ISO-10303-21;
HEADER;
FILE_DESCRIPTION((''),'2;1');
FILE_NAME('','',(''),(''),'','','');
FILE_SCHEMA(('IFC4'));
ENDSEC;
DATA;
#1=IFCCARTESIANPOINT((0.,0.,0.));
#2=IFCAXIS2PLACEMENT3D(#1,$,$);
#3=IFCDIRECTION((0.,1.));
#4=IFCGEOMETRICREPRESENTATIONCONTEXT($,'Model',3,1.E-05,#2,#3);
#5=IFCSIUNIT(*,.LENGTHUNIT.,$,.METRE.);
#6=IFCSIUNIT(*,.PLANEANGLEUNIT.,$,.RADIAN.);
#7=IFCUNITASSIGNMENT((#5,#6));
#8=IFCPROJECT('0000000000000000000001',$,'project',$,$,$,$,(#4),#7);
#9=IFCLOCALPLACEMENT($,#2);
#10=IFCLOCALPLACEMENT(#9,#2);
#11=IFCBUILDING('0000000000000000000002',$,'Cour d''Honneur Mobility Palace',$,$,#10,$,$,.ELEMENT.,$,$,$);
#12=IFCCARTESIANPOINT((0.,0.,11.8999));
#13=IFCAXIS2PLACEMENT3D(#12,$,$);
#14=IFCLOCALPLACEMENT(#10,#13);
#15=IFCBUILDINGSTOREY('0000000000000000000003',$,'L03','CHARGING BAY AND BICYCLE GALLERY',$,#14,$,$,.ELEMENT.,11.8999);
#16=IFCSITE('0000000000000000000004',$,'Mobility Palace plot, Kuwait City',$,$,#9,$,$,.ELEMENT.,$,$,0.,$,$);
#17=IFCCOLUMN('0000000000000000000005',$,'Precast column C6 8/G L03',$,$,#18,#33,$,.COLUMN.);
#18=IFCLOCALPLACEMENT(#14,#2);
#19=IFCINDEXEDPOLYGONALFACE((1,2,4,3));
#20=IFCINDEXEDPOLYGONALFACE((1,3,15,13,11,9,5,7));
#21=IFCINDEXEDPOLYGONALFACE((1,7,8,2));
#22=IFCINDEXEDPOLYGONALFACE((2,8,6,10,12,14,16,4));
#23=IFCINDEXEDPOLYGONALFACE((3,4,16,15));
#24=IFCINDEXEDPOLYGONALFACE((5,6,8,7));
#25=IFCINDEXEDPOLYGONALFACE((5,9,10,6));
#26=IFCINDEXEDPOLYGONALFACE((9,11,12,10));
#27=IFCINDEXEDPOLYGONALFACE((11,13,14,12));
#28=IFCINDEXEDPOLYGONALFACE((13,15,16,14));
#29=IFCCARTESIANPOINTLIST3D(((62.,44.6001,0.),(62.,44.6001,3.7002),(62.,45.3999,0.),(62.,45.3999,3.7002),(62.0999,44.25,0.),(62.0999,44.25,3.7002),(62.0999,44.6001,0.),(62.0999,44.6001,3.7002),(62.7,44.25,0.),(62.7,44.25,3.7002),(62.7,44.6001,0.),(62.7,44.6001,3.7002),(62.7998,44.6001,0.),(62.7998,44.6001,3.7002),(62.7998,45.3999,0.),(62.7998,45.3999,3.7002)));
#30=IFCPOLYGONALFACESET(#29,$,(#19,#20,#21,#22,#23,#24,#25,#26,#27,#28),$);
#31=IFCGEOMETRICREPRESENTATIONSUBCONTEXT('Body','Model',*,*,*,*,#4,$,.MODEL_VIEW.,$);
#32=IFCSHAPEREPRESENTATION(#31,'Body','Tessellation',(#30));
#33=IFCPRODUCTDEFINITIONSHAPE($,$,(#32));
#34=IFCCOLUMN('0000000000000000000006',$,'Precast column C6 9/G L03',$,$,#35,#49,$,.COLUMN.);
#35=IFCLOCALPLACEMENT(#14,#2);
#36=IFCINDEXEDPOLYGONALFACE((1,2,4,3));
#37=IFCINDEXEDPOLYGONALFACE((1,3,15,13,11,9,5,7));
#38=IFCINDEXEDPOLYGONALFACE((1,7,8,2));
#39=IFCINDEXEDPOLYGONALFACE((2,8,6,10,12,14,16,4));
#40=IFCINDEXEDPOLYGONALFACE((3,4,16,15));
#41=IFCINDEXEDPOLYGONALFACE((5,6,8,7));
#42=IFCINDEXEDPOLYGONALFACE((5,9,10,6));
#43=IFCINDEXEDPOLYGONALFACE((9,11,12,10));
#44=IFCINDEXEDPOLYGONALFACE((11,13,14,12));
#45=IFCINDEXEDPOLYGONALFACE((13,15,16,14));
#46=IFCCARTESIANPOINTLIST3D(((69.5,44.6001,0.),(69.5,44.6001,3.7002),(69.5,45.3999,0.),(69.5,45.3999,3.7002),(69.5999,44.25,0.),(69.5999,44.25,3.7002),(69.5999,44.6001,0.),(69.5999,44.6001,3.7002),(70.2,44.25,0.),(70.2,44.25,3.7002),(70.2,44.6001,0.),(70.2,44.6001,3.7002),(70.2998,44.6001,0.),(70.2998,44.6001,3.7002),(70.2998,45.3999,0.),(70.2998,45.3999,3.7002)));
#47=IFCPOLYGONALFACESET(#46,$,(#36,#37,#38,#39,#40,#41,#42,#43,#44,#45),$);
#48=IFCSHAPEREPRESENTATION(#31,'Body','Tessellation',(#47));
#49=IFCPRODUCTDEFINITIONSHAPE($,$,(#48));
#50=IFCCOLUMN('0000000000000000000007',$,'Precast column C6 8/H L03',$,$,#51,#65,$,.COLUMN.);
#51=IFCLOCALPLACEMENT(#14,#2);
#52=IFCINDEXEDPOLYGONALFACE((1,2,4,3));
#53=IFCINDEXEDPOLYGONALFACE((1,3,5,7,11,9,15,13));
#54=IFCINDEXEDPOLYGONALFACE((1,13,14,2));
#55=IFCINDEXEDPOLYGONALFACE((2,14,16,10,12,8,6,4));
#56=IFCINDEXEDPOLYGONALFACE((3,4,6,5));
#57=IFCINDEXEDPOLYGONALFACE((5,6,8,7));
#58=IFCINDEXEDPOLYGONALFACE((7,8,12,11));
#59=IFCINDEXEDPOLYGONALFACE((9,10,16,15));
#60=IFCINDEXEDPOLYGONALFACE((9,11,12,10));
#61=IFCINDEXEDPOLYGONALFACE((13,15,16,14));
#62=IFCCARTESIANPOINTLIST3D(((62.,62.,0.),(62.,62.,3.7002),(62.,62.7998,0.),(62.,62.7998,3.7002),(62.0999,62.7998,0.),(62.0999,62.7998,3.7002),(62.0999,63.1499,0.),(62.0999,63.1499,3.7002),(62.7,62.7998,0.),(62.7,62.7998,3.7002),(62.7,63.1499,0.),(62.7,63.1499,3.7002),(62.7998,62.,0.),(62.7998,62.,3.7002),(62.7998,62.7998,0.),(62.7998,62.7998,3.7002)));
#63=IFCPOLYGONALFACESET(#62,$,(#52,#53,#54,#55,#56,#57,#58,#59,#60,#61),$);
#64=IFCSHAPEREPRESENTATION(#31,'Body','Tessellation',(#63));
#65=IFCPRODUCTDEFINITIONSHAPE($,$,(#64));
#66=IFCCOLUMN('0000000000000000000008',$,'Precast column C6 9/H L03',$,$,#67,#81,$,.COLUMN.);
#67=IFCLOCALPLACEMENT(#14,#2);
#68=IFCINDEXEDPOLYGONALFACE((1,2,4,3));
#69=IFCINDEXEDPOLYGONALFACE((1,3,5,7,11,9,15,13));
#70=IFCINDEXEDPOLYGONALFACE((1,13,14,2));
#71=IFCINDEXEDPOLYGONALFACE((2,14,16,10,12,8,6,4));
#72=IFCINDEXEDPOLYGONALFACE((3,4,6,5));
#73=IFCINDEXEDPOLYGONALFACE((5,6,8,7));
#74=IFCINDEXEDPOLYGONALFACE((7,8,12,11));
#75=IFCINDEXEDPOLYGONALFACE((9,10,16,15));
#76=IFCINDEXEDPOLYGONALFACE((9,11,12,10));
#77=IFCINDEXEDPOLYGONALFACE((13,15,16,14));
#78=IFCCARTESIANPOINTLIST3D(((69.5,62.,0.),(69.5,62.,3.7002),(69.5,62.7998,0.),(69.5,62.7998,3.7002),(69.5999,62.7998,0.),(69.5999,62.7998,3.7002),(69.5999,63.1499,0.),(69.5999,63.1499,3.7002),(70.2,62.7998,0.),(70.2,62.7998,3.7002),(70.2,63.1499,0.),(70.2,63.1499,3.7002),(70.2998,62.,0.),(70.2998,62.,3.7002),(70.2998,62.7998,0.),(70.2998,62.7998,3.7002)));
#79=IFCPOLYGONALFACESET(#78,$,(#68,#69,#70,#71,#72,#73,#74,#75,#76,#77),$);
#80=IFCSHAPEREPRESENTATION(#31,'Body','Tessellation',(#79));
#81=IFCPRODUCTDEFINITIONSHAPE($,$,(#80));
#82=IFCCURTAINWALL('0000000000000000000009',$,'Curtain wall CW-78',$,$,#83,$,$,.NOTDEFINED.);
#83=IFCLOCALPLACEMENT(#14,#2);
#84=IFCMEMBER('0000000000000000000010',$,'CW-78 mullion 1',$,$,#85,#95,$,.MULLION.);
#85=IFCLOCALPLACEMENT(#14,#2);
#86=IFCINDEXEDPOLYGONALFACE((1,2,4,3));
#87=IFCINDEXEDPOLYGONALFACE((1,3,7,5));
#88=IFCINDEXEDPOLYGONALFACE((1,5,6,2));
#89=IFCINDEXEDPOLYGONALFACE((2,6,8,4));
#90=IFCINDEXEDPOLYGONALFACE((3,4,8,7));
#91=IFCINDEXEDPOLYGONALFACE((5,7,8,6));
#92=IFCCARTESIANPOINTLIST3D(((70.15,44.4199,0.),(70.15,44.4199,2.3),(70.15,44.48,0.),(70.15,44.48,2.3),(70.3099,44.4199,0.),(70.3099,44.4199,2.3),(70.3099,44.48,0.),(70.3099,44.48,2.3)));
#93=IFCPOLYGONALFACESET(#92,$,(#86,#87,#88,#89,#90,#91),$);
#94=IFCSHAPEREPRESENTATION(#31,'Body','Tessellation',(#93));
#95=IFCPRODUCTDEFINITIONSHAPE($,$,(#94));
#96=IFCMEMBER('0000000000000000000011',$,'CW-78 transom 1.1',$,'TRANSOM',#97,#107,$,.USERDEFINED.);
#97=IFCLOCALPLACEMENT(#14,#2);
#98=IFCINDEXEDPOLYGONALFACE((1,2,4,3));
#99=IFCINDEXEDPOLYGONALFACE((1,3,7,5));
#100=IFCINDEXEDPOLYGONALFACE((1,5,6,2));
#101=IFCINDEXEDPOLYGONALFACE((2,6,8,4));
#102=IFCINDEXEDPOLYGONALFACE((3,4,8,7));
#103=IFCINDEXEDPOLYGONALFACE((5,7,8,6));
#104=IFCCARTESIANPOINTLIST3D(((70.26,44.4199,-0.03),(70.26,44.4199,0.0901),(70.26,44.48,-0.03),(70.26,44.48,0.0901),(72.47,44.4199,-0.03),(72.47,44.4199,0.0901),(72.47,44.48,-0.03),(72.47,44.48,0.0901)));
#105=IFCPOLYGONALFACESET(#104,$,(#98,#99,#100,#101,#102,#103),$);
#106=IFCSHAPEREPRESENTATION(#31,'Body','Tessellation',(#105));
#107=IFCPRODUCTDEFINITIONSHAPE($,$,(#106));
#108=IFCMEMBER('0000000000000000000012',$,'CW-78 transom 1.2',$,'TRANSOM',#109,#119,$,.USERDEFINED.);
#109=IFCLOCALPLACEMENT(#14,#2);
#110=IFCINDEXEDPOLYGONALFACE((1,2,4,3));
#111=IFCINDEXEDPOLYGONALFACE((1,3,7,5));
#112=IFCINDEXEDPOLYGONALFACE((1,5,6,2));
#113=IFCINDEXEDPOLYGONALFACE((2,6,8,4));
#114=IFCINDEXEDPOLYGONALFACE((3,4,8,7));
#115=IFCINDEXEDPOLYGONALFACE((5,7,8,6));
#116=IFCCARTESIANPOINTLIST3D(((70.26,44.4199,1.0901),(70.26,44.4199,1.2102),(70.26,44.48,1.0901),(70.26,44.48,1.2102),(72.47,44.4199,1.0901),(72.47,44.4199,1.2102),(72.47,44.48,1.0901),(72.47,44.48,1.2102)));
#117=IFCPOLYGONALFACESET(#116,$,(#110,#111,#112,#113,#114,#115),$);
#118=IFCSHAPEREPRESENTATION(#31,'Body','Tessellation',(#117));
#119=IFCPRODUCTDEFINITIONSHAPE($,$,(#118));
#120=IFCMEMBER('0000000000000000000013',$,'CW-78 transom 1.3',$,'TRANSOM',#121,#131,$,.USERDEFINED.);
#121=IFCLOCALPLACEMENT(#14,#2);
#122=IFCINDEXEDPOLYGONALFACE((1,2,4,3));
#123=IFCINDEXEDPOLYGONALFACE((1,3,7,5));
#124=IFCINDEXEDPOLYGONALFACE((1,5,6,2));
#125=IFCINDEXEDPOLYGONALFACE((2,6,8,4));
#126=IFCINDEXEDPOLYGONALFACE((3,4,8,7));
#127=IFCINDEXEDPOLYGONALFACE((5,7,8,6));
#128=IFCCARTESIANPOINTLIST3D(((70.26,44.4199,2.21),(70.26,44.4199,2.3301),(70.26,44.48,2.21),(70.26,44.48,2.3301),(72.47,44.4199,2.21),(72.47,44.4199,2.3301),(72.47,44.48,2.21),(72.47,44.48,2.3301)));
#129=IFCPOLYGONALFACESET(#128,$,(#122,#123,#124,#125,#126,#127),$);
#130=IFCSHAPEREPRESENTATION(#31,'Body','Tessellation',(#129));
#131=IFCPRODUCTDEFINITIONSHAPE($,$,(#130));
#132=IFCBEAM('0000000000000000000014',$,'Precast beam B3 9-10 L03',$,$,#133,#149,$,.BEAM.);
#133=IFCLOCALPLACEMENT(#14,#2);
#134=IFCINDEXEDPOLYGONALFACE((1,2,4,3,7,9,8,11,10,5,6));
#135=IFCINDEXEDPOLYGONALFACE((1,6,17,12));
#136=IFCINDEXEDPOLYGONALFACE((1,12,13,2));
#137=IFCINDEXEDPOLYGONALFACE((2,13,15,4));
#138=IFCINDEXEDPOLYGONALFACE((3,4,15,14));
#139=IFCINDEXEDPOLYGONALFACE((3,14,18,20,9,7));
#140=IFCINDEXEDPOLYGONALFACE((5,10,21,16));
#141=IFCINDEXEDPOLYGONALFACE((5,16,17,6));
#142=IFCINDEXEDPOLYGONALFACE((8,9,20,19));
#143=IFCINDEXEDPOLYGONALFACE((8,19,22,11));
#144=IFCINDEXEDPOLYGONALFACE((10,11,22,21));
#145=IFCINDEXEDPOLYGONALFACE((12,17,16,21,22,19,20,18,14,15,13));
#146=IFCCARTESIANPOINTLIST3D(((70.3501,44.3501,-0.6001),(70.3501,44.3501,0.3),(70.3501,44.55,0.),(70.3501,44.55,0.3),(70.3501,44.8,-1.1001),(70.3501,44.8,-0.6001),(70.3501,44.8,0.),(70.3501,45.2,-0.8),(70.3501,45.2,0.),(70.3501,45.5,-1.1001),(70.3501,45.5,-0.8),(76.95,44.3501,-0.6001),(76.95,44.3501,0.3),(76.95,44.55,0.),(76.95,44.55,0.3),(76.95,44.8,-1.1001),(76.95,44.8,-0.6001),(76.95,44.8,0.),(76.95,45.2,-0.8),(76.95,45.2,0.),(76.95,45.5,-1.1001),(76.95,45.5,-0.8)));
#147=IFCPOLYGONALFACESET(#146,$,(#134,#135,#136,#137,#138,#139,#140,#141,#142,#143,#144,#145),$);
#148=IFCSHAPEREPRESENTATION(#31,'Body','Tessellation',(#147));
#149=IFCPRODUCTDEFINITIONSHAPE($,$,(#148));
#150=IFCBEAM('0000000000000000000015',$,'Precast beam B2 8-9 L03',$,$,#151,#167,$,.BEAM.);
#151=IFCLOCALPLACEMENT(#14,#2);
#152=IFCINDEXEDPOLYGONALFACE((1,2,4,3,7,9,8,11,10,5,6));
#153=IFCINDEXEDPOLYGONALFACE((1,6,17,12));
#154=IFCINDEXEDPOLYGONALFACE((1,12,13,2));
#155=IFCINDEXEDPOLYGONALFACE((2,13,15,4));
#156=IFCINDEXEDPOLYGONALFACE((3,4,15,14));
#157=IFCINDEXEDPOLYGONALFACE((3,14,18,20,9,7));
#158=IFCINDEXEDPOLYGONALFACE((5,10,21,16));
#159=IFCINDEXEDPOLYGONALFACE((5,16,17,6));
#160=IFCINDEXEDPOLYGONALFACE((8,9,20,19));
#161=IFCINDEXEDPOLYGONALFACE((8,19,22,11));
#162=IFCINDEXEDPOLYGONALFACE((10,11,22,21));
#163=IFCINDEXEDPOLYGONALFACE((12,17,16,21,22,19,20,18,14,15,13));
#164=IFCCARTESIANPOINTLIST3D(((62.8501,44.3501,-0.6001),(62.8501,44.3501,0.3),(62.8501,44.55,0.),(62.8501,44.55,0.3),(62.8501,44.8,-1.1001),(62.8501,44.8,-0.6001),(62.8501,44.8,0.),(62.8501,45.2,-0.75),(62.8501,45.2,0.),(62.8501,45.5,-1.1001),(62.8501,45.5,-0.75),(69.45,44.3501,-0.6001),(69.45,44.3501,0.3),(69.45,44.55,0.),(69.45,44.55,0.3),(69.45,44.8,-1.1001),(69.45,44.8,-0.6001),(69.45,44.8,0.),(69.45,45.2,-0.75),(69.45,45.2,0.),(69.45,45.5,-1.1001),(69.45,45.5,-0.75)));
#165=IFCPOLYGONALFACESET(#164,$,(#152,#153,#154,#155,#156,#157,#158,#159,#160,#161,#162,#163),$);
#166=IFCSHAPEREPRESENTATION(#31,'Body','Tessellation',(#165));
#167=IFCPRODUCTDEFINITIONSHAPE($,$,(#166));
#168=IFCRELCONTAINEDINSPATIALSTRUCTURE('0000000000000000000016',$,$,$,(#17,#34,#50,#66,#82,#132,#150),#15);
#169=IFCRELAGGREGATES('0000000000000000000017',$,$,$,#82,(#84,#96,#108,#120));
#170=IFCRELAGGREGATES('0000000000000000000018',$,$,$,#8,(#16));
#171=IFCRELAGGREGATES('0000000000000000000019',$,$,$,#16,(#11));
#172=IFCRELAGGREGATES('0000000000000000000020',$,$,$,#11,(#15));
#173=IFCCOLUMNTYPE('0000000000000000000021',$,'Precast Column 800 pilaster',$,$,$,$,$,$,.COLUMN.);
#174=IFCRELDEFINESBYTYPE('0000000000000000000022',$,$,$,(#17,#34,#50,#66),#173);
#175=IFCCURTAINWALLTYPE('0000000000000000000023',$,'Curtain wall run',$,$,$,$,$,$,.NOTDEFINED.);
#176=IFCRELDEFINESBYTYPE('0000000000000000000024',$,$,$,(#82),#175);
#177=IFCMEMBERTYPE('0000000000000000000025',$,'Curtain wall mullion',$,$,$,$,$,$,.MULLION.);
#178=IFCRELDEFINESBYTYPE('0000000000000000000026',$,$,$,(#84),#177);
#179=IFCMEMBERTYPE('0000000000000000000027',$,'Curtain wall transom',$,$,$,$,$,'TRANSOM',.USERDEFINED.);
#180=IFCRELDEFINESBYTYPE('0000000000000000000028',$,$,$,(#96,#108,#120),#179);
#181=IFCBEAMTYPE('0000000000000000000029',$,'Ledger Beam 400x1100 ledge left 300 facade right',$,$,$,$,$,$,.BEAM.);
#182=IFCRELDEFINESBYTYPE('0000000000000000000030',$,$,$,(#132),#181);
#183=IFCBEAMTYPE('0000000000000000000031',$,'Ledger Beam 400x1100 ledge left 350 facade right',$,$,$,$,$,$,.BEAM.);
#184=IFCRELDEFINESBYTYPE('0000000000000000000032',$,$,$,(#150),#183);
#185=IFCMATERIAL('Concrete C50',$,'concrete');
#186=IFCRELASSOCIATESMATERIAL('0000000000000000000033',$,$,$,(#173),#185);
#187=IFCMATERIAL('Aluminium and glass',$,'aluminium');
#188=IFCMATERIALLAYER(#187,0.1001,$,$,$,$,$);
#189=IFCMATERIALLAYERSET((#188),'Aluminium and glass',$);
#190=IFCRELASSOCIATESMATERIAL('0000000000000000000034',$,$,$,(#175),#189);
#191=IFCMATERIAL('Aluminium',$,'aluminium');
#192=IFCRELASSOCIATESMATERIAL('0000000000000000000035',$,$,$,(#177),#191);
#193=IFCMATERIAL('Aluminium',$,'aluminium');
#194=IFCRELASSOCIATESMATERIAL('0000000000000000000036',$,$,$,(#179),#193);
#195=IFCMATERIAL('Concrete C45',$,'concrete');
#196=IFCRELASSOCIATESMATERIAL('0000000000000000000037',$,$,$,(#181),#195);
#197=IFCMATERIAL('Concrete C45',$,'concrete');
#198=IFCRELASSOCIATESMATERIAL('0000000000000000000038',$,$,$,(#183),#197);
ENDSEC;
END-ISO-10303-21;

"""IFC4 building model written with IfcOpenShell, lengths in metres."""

from ifc_helpers import new_model, si_unit, direction, frame, origin, origin_2d, place, context, subcontext, project, spatial, polyline, rectangle, outline, extrude, material, layer, layer_set, material_profile, profile_set, type_object, element, aggregate, save


model = new_model("IFC4")

# Units and contexts
model_context = context("Model", 3, precision=1e-05, world=origin(), true_north=direction((0.0, 1.0)))
body_context = subcontext(model_context, "Body", "Model", "MODEL_VIEW")
ifc_project = project(units=[si_unit("LENGTHUNIT", "METRE"), si_unit("PLANEANGLEUNIT", "RADIAN")], contexts=[model_context])

# Site, building, storey
site_placement = place(None, origin())
site = spatial("IfcSite", under=ifc_project, at=site_placement, Name="Mobility Palace plot, Kuwait City", CompositionType="ELEMENT", RefElevation=0.0)
building_placement = place(site_placement, origin())
building = spatial("IfcBuilding", under=site, at=building_placement, Name="Cour d'Honneur Mobility Palace", CompositionType="ELEMENT")
storey_placement = place(building_placement, frame((0.0, 0.0, 11.8999)))
storey = spatial("IfcBuildingStorey", under=building, at=storey_placement, Name="L03", Description="CHARGING BAY AND BICYCLE GALLERY", CompositionType="ELEMENT", Elevation=11.8999)

# Columns
ifc_material_1 = material(Name="Concrete C50", Category="concrete")
ifc_material_profile_1 = material_profile(ifc_material_1, outline(polyline([(-0.3999, -0.3999), (0.3999, -0.3999), (0.3999, -0.3), (0.75, -0.3), (0.75, 0.3), (0.3999, 0.3), (0.3999, 0.3999), (-0.3999, 0.3999), (-0.3999, -0.3999)])), Name="PC C800 pilaster")
ifc_profile_set_1 = profile_set([ifc_material_profile_1], Name="Concrete C50")
column_type = type_object("IfcColumnType", Name="Precast Column 800 pilaster", PredefinedType="COLUMN", material=ifc_profile_set_1)
for number, where, z_axis, x_axis, name in (
    (1, (62.3999, 45.0, 0.0), (0.0, 0.0, 1.0), (0.0, -1.0, 0.0), "Precast column C6 8/G L03"),
    (2, (69.8999, 45.0, 0.0), (0.0, 0.0, 1.0), (0.0, -1.0, 0.0), "Precast column C6 9/G L03"),
    (3, (62.3999, 62.3999, 0.0), (0.0, 0.0, 1.0), (0.0, 1.0, 0.0), "Precast column C6 8/H L03"),
    (4, (69.8999, 62.3999, 0.0), (0.0, 0.0, 1.0), (0.0, 1.0, 0.0), "Precast column C6 9/H L03"),
):
    element("IfcColumn", number, at=place(storey_placement, frame(where, z_axis=z_axis, x_axis=x_axis)), inside=storey, type_object=column_type, Name=name, PredefinedType="COLUMN", context=body_context, shape_type="SweptSolid", body=[
        extrude(outline(polyline([(-0.3999, -0.3999), (0.3999, -0.3999), (0.3999, -0.3), (0.75, -0.3), (0.75, 0.3), (0.3999, 0.3), (0.3999, 0.3999), (-0.3999, 0.3999), (-0.3999, -0.3999)])), origin(), (0.0, 0.0, 1.0), 3.7002),
    ])

# Curtain wall, members
ifc_material_2 = material(Name="Aluminium and glass", Category="aluminium")
ifc_layer_1 = layer(ifc_material_2, 0.1001)
ifc_layer_set_1 = layer_set([ifc_layer_1], Name="Aluminium and glass")
curtain_wall_type = type_object("IfcCurtainWallType", Name="Curtain wall run", PredefinedType="NOTDEFINED", material=ifc_layer_set_1)
curtain_wall_placement = place(storey_placement, origin())
curtain_wall = element("IfcCurtainWall", 5, at=curtain_wall_placement, inside=storey, type_object=curtain_wall_type, Name="Curtain wall CW-78", PredefinedType="NOTDEFINED")
ifc_material_3 = material(Name="Aluminium", Category="aluminium")
ifc_material_profile_2 = material_profile(ifc_material_3, rectangle(XDim=0.0601, YDim=0.1599, at=origin_2d()), Name="Curtain wall mullion")
ifc_profile_set_2 = profile_set([ifc_material_profile_2], Name="Aluminium")
member_type_1 = type_object("IfcMemberType", Name="Curtain wall mullion", PredefinedType="MULLION", material=ifc_profile_set_2)
member_1_placement = place(storey_placement, frame((70.23, 44.45, 0.0), z_axis=(0.0, 0.0, 1.0), x_axis=(0.0, 1.0, 0.0)))
member_1 = element("IfcMember", 6, at=member_1_placement, type_object=member_type_1, Name="CW-78 mullion 1", PredefinedType="MULLION", context=body_context, shape_type="SweptSolid", body=[
    extrude(rectangle(XDim=0.0601, YDim=0.1599, at=origin_2d()), origin(), (0.0, 0.0, 1.0), 2.3),
])
ifc_material_4 = material(Name="Aluminium", Category="aluminium")
ifc_material_profile_3 = material_profile(ifc_material_4, rectangle(XDim=0.0601, YDim=0.1201, at=origin_2d()), Name="Curtain wall transom")
ifc_profile_set_3 = profile_set([ifc_material_profile_3], Name="Aluminium")
member_type_2 = type_object("IfcMemberType", Name="Curtain wall transom", ElementType="TRANSOM", PredefinedType="USERDEFINED", material=ifc_profile_set_3)
member_2_placement = place(storey_placement, frame((70.26, 44.45, 0.03), z_axis=(1.0, 0.0, 0.0), x_axis=(0.0, 1.0, 0.0)))
member_2 = element("IfcMember", 7, at=member_2_placement, type_object=member_type_2, Name="CW-78 transom 1.1", ObjectType="TRANSOM", PredefinedType="USERDEFINED", context=body_context, shape_type="SweptSolid", body=[
    extrude(rectangle(XDim=0.0601, YDim=0.1201, at=origin_2d()), origin(), (0.0, 0.0, 1.0), 2.21),
])
member_3_placement = place(storey_placement, frame((70.26, 44.45, 1.1501), z_axis=(1.0, 0.0, 0.0), x_axis=(0.0, 1.0, 0.0)))
member_3 = element("IfcMember", 8, at=member_3_placement, type_object=member_type_2, Name="CW-78 transom 1.2", ObjectType="TRANSOM", PredefinedType="USERDEFINED", context=body_context, shape_type="SweptSolid", body=[
    extrude(rectangle(XDim=0.0601, YDim=0.1201, at=origin_2d()), origin(), (0.0, 0.0, 1.0), 2.21),
])
member_4_placement = place(storey_placement, frame((70.26, 44.45, 2.27), z_axis=(1.0, 0.0, 0.0), x_axis=(0.0, 1.0, 0.0)))
member_4 = element("IfcMember", 9, at=member_4_placement, type_object=member_type_2, Name="CW-78 transom 1.3", ObjectType="TRANSOM", PredefinedType="USERDEFINED", context=body_context, shape_type="SweptSolid", body=[
    extrude(rectangle(XDim=0.0601, YDim=0.1201, at=origin_2d()), origin(), (0.0, 0.0, 1.0), 2.21),
])
aggregate(curtain_wall, [member_1, member_2, member_3, member_4])

# Beams
ifc_material_5 = material(Name="Concrete C45", Category="concrete")
ifc_material_profile_4 = material_profile(ifc_material_5, outline(polyline([(0.5, -1.1001), (0.5, -0.8), (0.2, -0.8), (0.2, 0.0), (-0.2, 0.0), (-0.45, 0.0), (-0.45, 0.3), (-0.6499, 0.3), (-0.6499, -0.6001), (-0.2, -0.6001), (-0.2, -1.1001), (0.5, -1.1001)])), Name="Ledger Beam 400x1100 ledge left 300 facade right")
ifc_profile_set_4 = profile_set([ifc_material_profile_4], Name="Concrete C45")
beam_type_1 = type_object("IfcBeamType", Name="Ledger Beam 400x1100 ledge left 300 facade right", PredefinedType="BEAM", material=ifc_profile_set_4)
beam_1_placement = place(storey_placement, frame((70.3501, 45.0, 0.0), z_axis=(1.0, 0.0, 0.0), x_axis=(0.0, 1.0, 0.0)))
element("IfcBeam", 10, at=beam_1_placement, inside=storey, type_object=beam_type_1, Name="Precast beam B3 9-10 L03", PredefinedType="BEAM", context=body_context, shape_type="SweptSolid", body=[
    extrude(outline(polyline([(0.5, -1.1001), (0.5, -0.8), (0.2, -0.8), (0.2, 0.0), (-0.2, 0.0), (-0.45, 0.0), (-0.45, 0.3), (-0.6499, 0.3), (-0.6499, -0.6001), (-0.2, -0.6001), (-0.2, -1.1001), (0.5, -1.1001)])), origin(), (0.0, 0.0, 1.0), 6.5999),
])
ifc_material_6 = material(Name="Concrete C45", Category="concrete")
ifc_material_profile_5 = material_profile(ifc_material_6, outline(polyline([(0.5, -1.1001), (0.5, -0.75), (0.2, -0.75), (0.2, 0.0), (-0.2, 0.0), (-0.45, 0.0), (-0.45, 0.3), (-0.6499, 0.3), (-0.6499, -0.6001), (-0.2, -0.6001), (-0.2, -1.1001), (0.5, -1.1001)])), Name="Ledger Beam 400x1100 ledge left 350 facade right")
ifc_profile_set_5 = profile_set([ifc_material_profile_5], Name="Concrete C45")
beam_type_2 = type_object("IfcBeamType", Name="Ledger Beam 400x1100 ledge left 350 facade right", PredefinedType="BEAM", material=ifc_profile_set_5)
beam_2_placement = place(storey_placement, frame((62.8501, 45.0, 0.0), z_axis=(1.0, 0.0, 0.0), x_axis=(0.0, 1.0, 0.0)))
element("IfcBeam", 11, at=beam_2_placement, inside=storey, type_object=beam_type_2, Name="Precast beam B2 8-9 L03", PredefinedType="BEAM", context=body_context, shape_type="SweptSolid", body=[
    extrude(outline(polyline([(0.5, -1.1001), (0.5, -0.75), (0.2, -0.75), (0.2, 0.0), (-0.2, 0.0), (-0.45, 0.0), (-0.45, 0.3), (-0.6499, 0.3), (-0.6499, -0.6001), (-0.2, -0.6001), (-0.2, -1.1001), (0.5, -1.1001)])), origin(), (0.0, 0.0, 1.0), 6.5999),
])

save(model, "model.ifc")
